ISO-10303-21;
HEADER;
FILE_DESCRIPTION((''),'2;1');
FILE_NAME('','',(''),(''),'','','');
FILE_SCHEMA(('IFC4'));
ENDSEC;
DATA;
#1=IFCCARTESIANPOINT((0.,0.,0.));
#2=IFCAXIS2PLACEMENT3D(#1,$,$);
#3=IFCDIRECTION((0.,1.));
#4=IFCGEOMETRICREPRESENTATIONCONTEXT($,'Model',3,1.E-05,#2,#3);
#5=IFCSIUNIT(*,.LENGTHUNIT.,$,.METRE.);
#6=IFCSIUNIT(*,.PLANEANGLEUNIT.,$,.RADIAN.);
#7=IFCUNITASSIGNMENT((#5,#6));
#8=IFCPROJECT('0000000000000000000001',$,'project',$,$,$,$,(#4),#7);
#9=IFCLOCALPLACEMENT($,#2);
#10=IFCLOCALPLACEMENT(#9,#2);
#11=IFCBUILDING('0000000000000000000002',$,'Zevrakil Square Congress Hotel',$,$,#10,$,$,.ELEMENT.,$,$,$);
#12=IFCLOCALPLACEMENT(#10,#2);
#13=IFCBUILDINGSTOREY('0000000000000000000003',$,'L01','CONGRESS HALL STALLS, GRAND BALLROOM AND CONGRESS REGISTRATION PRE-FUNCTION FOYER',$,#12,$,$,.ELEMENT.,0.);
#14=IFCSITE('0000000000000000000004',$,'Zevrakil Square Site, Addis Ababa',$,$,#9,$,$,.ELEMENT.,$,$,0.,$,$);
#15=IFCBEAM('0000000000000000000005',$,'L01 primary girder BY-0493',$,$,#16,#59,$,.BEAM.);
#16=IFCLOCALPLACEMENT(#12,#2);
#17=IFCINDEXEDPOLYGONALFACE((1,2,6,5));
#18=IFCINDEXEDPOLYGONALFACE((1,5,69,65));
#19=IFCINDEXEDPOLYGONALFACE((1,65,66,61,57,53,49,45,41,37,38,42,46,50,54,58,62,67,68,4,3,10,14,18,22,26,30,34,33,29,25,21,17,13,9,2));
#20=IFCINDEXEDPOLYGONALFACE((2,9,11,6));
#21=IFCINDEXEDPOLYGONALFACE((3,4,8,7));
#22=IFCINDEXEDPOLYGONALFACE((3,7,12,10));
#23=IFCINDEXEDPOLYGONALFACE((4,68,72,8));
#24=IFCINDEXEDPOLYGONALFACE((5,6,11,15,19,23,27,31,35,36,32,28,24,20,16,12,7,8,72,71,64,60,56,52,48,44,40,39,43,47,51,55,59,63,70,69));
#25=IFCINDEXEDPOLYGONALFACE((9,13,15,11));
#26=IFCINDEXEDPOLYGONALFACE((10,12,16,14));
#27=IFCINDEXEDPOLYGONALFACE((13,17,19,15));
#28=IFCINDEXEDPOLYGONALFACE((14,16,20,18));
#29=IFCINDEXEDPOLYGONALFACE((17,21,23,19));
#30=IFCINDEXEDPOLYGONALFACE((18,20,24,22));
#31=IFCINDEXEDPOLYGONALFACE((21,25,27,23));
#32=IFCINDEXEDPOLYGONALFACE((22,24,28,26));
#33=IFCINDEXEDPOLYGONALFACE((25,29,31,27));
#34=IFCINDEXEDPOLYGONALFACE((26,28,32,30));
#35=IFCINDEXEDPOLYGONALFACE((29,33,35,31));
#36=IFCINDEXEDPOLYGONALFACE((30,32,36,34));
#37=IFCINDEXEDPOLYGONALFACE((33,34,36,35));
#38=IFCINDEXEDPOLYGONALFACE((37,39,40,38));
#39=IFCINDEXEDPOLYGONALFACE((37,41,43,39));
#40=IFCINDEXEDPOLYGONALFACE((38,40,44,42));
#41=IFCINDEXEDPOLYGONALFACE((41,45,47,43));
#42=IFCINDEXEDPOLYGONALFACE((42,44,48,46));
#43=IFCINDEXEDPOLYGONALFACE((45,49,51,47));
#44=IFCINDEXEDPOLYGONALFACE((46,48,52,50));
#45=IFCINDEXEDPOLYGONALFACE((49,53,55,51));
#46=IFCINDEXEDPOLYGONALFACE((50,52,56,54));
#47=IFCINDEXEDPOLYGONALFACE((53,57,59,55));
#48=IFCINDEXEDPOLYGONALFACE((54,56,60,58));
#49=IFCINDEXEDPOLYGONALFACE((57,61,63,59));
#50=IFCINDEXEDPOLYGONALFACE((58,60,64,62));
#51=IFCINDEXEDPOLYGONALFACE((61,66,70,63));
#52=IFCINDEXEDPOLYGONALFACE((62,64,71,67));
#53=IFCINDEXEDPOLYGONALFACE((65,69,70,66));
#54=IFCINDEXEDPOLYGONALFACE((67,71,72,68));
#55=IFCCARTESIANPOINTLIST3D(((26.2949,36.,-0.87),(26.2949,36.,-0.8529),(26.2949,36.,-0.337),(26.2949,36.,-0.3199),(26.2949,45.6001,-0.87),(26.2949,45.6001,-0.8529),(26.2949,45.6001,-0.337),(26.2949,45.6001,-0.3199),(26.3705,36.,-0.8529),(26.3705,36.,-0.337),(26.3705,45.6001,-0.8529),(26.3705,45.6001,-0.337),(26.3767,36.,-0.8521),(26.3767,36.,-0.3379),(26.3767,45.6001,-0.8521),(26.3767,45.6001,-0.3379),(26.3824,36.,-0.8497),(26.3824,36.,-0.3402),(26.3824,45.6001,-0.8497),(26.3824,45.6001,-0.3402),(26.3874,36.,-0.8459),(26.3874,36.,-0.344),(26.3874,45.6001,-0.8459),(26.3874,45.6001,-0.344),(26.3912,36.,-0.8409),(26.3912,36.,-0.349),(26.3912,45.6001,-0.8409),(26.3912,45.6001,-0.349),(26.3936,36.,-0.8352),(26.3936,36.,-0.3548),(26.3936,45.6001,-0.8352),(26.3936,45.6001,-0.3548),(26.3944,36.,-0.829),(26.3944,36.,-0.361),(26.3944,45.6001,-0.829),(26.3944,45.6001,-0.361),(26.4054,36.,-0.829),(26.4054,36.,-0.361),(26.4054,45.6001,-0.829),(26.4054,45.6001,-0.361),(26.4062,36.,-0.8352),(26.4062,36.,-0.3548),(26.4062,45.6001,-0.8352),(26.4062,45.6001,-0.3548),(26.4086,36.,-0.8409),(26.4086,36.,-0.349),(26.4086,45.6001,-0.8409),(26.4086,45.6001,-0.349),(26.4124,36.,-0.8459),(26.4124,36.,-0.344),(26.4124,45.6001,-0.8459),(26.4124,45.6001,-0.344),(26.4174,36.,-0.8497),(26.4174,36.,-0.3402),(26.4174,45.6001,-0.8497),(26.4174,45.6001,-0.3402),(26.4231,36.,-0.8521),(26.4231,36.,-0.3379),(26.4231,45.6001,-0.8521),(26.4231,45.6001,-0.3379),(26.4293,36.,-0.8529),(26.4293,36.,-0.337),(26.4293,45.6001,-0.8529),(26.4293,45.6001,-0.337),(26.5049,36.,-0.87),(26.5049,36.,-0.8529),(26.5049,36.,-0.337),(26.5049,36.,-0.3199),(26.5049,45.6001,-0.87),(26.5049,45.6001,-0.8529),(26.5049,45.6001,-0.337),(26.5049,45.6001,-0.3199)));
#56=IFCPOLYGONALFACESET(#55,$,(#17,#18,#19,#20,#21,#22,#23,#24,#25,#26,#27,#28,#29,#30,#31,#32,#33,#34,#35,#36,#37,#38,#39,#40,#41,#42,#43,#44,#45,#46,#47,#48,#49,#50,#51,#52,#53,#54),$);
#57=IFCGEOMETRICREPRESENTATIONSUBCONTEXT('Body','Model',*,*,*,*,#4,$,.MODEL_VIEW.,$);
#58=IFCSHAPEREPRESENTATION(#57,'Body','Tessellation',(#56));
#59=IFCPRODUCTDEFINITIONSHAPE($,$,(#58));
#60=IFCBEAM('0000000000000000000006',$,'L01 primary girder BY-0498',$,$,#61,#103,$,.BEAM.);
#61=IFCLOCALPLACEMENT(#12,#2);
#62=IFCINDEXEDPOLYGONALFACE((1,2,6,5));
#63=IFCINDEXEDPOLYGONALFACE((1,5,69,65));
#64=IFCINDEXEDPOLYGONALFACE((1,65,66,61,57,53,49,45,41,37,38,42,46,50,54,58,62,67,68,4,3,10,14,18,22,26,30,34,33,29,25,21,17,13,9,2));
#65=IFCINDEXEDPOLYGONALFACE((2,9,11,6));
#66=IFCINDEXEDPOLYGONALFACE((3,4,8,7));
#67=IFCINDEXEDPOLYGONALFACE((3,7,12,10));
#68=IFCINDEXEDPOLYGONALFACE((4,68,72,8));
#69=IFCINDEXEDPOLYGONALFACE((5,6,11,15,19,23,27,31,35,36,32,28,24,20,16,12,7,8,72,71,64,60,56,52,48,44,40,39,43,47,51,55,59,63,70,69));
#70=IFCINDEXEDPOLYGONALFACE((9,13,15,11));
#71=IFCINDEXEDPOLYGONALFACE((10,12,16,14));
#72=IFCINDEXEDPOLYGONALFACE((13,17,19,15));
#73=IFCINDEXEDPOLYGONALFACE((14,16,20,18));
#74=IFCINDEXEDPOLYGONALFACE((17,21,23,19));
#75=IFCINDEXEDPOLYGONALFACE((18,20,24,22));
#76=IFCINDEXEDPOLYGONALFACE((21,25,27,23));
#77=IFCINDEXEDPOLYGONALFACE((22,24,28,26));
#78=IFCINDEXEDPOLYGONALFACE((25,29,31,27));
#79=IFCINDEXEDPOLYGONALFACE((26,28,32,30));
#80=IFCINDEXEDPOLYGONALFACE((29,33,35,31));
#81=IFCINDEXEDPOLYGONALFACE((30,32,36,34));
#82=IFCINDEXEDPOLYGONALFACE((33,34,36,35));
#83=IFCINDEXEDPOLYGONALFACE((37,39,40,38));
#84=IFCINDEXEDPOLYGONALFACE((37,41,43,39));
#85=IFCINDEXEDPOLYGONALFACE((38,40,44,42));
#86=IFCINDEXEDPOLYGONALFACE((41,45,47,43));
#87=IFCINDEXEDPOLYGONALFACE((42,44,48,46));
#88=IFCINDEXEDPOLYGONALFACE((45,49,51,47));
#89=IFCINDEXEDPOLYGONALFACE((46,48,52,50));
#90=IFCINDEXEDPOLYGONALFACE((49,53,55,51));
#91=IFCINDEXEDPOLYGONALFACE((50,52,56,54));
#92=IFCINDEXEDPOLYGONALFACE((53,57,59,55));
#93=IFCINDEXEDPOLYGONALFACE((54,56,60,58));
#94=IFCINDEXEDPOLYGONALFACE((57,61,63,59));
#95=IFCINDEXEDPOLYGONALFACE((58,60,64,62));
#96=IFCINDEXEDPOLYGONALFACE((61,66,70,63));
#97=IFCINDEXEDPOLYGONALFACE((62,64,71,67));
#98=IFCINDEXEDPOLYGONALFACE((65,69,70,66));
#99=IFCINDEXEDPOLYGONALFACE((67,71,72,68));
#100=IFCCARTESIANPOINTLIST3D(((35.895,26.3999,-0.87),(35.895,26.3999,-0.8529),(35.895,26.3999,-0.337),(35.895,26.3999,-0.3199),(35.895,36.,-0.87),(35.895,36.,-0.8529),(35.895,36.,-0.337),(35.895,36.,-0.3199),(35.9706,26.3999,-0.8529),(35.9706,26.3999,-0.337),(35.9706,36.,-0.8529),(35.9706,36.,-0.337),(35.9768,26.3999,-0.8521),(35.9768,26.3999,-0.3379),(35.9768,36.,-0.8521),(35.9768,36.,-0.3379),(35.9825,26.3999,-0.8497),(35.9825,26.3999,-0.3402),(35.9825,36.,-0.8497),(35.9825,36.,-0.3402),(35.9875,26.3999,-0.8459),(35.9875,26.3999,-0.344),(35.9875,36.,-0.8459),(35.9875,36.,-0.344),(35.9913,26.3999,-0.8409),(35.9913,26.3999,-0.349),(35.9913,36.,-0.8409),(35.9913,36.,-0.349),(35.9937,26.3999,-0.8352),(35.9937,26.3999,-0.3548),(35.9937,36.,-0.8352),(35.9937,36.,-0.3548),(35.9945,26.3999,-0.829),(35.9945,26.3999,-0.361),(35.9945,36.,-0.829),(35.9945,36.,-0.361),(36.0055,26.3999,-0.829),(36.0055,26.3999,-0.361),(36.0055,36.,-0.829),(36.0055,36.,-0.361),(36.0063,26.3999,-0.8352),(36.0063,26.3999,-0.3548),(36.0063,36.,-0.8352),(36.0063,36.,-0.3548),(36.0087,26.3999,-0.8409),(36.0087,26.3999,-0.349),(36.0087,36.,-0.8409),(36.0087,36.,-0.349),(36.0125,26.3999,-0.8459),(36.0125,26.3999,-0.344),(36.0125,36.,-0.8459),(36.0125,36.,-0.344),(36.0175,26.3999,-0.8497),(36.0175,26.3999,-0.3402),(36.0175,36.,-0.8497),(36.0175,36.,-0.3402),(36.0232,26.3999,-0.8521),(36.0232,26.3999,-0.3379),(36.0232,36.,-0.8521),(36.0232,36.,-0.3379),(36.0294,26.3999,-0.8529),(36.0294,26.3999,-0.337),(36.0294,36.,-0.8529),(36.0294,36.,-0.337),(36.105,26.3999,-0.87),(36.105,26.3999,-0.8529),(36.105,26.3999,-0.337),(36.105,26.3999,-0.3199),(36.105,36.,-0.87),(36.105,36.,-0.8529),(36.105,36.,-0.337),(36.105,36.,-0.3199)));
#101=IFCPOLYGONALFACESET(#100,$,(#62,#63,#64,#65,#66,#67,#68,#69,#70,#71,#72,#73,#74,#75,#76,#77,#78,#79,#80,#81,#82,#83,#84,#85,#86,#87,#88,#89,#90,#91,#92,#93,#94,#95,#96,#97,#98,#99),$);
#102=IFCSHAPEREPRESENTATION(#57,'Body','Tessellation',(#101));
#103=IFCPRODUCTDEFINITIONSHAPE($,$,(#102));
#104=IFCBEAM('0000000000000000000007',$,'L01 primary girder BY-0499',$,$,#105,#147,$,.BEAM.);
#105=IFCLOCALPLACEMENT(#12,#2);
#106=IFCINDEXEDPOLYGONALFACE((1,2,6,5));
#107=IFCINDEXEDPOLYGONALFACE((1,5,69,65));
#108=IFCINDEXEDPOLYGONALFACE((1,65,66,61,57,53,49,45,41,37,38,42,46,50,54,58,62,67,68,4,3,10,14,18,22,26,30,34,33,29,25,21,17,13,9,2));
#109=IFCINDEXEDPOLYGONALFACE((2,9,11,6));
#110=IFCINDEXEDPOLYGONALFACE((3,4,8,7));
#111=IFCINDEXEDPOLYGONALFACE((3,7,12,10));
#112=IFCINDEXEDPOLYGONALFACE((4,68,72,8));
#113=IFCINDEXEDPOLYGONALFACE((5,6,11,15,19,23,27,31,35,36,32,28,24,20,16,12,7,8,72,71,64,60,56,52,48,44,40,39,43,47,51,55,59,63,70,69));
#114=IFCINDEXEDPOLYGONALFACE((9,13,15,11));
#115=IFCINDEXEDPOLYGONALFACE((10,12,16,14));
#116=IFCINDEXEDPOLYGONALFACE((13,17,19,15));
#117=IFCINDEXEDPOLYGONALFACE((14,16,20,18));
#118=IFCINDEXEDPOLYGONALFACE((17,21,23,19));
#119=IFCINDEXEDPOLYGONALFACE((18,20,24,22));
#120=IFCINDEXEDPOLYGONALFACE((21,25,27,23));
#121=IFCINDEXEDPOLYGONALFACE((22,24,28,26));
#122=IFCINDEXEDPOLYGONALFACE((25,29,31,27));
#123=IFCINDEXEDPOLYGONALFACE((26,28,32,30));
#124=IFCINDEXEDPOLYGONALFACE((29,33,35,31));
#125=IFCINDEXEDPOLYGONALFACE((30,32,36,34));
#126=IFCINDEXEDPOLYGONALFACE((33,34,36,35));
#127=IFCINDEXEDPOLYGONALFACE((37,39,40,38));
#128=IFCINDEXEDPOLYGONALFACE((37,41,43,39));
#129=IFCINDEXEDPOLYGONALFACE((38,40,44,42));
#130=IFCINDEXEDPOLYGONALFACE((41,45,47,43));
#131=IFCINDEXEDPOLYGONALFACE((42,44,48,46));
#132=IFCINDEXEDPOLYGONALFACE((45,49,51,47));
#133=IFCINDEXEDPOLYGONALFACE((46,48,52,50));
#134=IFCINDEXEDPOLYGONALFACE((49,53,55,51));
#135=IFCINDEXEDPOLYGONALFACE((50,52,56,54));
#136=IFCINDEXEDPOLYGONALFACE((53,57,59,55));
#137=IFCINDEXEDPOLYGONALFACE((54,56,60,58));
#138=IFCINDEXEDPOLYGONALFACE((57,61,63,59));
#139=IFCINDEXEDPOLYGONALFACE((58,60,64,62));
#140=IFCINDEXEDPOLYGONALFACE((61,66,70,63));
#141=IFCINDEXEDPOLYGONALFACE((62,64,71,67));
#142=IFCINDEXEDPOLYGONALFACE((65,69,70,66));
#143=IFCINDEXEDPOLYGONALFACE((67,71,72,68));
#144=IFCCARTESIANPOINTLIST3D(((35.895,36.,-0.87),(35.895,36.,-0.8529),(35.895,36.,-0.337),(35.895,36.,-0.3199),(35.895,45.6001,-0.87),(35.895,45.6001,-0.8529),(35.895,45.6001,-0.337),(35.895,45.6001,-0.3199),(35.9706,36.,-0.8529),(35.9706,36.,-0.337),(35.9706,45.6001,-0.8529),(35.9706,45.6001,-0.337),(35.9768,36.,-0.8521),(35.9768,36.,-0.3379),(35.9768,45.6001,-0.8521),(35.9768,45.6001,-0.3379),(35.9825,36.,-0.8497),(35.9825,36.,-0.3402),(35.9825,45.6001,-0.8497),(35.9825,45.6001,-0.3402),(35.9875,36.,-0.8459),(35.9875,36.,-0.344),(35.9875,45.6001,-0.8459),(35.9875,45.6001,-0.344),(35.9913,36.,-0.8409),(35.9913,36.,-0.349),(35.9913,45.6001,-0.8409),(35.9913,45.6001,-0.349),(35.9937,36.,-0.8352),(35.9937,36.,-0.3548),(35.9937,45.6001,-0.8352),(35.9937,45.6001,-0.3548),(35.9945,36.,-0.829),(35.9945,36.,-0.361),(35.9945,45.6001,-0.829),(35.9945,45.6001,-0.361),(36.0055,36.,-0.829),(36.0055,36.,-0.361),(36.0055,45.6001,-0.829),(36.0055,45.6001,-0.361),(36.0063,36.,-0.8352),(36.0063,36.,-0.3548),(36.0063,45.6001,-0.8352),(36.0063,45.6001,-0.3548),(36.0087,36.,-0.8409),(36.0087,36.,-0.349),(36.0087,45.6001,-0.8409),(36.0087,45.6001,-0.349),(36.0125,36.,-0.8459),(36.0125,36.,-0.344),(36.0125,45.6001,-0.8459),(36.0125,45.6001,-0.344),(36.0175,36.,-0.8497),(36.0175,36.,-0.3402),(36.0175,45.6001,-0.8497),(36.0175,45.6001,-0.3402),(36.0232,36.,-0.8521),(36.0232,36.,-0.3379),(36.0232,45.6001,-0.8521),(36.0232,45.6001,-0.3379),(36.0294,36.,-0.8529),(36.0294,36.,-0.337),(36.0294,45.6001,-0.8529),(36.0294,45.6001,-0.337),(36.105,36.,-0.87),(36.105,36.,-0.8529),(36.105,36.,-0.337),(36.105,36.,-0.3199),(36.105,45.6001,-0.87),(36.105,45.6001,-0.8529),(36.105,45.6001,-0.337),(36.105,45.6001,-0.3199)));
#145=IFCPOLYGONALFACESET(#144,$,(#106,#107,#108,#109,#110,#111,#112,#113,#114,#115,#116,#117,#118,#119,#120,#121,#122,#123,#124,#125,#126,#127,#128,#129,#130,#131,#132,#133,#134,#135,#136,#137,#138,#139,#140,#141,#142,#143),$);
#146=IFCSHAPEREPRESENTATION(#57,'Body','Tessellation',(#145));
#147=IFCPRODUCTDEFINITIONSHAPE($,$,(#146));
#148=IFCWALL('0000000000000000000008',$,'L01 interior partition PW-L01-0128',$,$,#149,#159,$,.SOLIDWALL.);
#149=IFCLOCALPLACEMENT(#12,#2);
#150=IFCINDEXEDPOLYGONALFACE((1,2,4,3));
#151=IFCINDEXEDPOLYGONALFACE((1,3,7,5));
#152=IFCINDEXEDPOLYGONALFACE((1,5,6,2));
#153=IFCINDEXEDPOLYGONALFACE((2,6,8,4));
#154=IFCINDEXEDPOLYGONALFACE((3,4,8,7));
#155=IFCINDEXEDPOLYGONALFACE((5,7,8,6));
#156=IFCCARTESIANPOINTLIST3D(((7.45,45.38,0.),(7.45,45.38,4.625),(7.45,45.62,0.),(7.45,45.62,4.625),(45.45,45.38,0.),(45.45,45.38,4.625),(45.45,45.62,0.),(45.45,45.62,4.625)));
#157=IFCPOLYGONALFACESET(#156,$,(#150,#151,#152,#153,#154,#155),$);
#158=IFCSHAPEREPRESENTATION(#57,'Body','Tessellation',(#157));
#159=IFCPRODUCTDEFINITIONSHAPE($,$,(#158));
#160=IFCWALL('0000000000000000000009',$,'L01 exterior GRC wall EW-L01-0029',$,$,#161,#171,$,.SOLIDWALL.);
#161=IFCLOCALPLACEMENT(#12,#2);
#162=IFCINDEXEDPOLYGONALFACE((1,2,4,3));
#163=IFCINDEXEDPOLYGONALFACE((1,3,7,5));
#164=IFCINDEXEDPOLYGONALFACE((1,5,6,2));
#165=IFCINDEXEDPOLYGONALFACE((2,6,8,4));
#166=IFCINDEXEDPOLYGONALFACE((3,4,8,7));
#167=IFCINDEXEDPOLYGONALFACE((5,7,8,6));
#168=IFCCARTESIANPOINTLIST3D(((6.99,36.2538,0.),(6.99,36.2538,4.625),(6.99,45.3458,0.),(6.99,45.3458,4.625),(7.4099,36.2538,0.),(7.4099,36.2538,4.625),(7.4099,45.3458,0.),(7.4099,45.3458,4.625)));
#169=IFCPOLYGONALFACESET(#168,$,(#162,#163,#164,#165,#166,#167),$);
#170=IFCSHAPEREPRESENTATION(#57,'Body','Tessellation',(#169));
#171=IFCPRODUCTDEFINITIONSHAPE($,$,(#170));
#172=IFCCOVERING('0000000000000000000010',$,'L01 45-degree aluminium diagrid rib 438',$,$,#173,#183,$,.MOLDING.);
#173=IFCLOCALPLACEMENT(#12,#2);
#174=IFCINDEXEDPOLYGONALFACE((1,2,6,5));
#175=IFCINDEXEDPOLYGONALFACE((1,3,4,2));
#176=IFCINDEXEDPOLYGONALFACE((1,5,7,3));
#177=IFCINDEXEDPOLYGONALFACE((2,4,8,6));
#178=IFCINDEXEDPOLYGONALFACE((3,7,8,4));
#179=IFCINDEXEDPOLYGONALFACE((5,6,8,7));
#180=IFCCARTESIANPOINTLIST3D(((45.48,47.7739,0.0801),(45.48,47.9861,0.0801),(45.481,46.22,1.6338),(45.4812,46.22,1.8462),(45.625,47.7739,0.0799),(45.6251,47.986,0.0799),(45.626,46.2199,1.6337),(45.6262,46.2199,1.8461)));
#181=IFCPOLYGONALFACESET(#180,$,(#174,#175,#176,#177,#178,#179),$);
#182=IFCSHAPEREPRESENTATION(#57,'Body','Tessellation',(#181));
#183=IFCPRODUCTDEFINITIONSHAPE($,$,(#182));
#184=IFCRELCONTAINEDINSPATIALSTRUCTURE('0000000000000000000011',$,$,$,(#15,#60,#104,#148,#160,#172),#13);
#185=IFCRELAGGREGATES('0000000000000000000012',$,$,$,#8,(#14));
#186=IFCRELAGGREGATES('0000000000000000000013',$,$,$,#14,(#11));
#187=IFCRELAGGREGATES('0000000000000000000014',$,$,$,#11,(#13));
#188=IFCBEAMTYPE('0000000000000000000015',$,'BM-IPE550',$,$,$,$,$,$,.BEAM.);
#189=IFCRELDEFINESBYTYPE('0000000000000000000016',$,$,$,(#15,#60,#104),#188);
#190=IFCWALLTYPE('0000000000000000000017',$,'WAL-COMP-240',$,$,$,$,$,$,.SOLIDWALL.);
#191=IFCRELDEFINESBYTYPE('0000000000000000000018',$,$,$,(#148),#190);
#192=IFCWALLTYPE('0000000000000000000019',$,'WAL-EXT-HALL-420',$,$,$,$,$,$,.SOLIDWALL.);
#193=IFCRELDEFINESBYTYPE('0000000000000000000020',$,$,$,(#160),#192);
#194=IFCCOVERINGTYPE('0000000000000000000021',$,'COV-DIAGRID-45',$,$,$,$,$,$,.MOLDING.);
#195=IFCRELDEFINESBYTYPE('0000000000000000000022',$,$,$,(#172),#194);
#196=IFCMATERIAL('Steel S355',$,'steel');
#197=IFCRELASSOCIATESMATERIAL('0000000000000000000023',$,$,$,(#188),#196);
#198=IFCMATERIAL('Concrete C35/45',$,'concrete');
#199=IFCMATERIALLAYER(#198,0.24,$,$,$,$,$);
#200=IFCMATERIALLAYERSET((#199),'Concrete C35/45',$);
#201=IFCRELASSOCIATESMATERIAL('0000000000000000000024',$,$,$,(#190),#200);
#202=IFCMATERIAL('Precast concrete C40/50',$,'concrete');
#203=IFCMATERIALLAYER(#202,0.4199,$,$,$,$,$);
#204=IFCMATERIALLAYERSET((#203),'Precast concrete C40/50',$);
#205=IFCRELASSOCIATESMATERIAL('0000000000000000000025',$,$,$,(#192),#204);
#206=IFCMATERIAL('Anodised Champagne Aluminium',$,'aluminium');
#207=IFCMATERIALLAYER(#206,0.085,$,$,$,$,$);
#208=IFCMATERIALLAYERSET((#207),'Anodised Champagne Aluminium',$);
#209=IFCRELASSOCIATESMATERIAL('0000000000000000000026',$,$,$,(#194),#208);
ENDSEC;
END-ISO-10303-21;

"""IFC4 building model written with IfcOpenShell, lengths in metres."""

from ifc_helpers import new_model, si_unit, direction, frame, frame_2d, origin, origin_2d, place, context, subcontext, project, spatial, polyline, rectangle, i_section, outline, extrude, material, layer, layer_set, material_profile, profile_set, type_object, element, save


model = new_model("IFC4")

# Units and contexts
model_context = context("Model", 3, precision=1e-05, world=origin(), true_north=direction((0.0, 1.0)))
body_context = subcontext(model_context, "Body", "Model", "MODEL_VIEW")
ifc_project = project(units=[si_unit("LENGTHUNIT", "METRE"), si_unit("PLANEANGLEUNIT", "RADIAN")], contexts=[model_context])

# Site, building, storey
site_placement = place(None, origin())
site = spatial("IfcSite", under=ifc_project, at=site_placement, Name="Zevrakil Square Site, Addis Ababa", CompositionType="ELEMENT", RefElevation=0.0)
building_placement = place(site_placement, origin())
building = spatial("IfcBuilding", under=site, at=building_placement, Name="Zevrakil Square Congress Hotel", CompositionType="ELEMENT")
storey_placement = place(building_placement, origin())
storey = spatial("IfcBuildingStorey", under=building, at=storey_placement, Name="L01", Description="CONGRESS HALL STALLS, GRAND BALLROOM AND CONGRESS REGISTRATION PRE-FUNCTION FOYER", CompositionType="ELEMENT", Elevation=0.0)

# Beams
ifc_material_1 = material(Name="Steel S355", Category="steel")
ifc_material_profile_1 = material_profile(ifc_material_1, i_section(OverallWidth=0.21, OverallDepth=0.55, WebThickness=0.011, FlangeThickness=0.0171, FilletRadius=0.0239, at=origin_2d()), Name="IPE 550")
ifc_profile_set_1 = profile_set([ifc_material_profile_1], Name="Steel S355")
beam_type_1 = type_object("IfcBeamType", Name="BM-IPE550", PredefinedType="BEAM", material=ifc_profile_set_1)
for number, where, z_axis, x_axis, name in (
    (1, (26.3999, 36.0, -0.595), (0.0, 1.0, 0.0), (-1.0, 0.0, 0.0), "L01 primary girder BY-0493"),
    (2, (36.0, 26.3999, -0.595), (0.0, 1.0, 0.0), (-1.0, 0.0, 0.0), "L01 primary girder BY-0498"),
    (3, (36.0, 36.0, -0.595), (0.0, 1.0, 0.0), (-1.0, 0.0, 0.0), "L01 primary girder BY-0499"),
):
    element("IfcBeam", number, at=place(storey_placement, frame(where, z_axis=z_axis, x_axis=x_axis)), inside=storey, type_object=beam_type_1, Name=name, PredefinedType="BEAM", context=body_context, shape_type="SweptSolid", body=[
        extrude(i_section(OverallWidth=0.21, OverallDepth=0.55, WebThickness=0.011, FlangeThickness=0.0171, FilletRadius=0.0239, at=origin_2d()), origin(), (0.0, 0.0, 1.0), 9.6001),
    ])

# Wall
ifc_material_2 = material(Name="Concrete C35/45", Category="concrete")
ifc_layer_1 = layer(ifc_material_2, 0.24)
ifc_layer_set_1 = layer_set([ifc_layer_1], Name="Concrete C35/45")
wall_type_1 = type_object("IfcWallType", Name="WAL-COMP-240", PredefinedType="SOLIDWALL", material=ifc_layer_set_1)
wall_1_placement = place(storey_placement, frame((7.45, 45.5, 0.0), z_axis=(0.0, 0.0, 1.0), x_axis=(1.0, 0.0, 0.0)))
element("IfcWall", 4, at=wall_1_placement, inside=storey, type_object=wall_type_1, Name="L01 interior partition PW-L01-0128", PredefinedType="SOLIDWALL", context=body_context, shape_type="SweptSolid", body=[
    extrude(rectangle(XDim=38.0, YDim=0.24, at=frame_2d((19.0, 0.0))), origin(), (0.0, 0.0, 1.0), 4.625),
])

# Shared definitions
ifc_material_3 = material(Name="Precast concrete C40/50", Category="concrete")
ifc_layer_2 = layer(ifc_material_3, 0.4199)
ifc_layer_set_2 = layer_set([ifc_layer_2], Name="Precast concrete C40/50")
wall_type_2 = type_object("IfcWallType", Name="WAL-EXT-HALL-420", PredefinedType="SOLIDWALL", material=ifc_layer_set_2)

# Wall
wall_2_placement = place(storey_placement, frame((7.2, 36.2539, 0.0), z_axis=(0.0, 0.0, 1.0), x_axis=(0.0, 1.0, 0.0)))
element("IfcWall", 5, at=wall_2_placement, inside=storey, type_object=wall_type_2, Name="L01 exterior GRC wall EW-L01-0029", PredefinedType="SOLIDWALL", context=body_context, shape_type="SweptSolid", body=[
    extrude(rectangle(XDim=9.092, YDim=0.4199, at=frame_2d((4.5459, 0.0))), origin(), (0.0, 0.0, 1.0), 4.625),
])

# Covering
ifc_material_4 = material(Name="Anodised Champagne Aluminium", Category="aluminium")
ifc_layer_3 = layer(ifc_material_4, 0.085)
ifc_layer_set_3 = layer_set([ifc_layer_3], Name="Anodised Champagne Aluminium")
covering_type = type_object("IfcCoveringType", Name="COV-DIAGRID-45", PredefinedType="MOLDING", material=ifc_layer_set_3)
covering_placement = place(storey_placement, frame((45.48, 47.7739, 0.0801), z_axis=(-1.0, 0.000244, 0.000906), x_axis=(0.000244, 1.0, 0.0)))
element("IfcCovering", 6, at=covering_placement, inside=storey, type_object=covering_type, Name="L01 45-degree aluminium diagrid rib 438", PredefinedType="MOLDING", context=body_context, shape_type="SweptSolid", body=[
    extrude(outline(polyline([(0.0, 0.0), (0.2122, 0.0), (-1.554, -1.7661), (-1.554, -1.5537), (0.0, 0.0)])), origin(), (0.0, 0.0, -1.0), 0.145),
])

save(model, "model.ifc")
